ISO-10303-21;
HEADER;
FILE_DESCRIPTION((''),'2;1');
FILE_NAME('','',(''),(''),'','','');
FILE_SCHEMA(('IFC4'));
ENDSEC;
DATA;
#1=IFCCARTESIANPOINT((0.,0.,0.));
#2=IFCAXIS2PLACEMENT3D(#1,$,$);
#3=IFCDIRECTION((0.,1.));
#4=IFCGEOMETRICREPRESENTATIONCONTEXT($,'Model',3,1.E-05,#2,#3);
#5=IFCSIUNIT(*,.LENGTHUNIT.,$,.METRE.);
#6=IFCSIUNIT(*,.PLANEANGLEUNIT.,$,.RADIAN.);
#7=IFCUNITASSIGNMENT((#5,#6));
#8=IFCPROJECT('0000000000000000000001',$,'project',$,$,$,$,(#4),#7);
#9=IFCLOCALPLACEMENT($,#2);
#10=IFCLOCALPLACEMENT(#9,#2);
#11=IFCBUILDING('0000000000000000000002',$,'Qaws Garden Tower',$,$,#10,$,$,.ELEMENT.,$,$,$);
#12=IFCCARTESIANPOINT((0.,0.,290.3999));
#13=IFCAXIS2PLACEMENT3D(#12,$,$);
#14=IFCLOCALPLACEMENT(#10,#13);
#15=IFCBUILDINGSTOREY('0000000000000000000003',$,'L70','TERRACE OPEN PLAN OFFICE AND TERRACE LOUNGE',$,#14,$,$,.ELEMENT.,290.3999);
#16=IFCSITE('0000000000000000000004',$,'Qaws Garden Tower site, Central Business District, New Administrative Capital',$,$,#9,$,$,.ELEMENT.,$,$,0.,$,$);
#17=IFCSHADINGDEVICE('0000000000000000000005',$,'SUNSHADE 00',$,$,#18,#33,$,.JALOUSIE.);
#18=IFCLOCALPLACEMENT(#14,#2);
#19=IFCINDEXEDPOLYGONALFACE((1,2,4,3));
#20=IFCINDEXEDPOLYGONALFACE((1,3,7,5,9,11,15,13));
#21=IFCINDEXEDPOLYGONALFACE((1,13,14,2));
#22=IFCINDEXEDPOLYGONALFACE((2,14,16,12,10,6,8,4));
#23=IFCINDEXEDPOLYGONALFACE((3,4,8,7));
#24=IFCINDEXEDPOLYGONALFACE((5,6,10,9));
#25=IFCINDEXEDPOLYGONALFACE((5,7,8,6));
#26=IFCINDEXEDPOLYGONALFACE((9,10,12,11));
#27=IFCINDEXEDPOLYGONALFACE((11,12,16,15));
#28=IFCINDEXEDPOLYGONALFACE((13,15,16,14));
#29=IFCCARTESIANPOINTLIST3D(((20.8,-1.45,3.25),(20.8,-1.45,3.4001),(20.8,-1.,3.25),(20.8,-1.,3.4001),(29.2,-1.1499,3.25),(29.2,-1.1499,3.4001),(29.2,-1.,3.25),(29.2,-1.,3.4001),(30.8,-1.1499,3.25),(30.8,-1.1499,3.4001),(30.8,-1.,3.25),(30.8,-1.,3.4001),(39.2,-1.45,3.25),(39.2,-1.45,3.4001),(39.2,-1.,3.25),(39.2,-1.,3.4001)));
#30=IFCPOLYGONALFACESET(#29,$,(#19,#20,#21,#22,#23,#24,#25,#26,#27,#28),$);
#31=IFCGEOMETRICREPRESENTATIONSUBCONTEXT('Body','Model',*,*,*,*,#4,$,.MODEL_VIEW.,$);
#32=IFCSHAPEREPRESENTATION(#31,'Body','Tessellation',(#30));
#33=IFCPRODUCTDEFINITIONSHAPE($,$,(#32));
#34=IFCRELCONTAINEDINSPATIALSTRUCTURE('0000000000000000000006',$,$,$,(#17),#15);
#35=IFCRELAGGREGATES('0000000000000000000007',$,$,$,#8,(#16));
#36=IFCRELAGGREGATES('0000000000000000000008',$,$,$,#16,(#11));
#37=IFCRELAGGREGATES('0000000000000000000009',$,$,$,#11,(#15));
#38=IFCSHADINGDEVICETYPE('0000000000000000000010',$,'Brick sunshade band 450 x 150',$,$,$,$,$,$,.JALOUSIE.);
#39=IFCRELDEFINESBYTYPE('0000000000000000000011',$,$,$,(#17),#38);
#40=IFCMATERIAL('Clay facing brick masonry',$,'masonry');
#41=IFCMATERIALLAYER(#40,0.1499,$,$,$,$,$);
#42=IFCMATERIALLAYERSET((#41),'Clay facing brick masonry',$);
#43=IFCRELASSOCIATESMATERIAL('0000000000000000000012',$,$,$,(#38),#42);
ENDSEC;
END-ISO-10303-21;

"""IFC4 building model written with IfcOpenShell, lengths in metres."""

from ifc_helpers import new_model, si_unit, direction, frame, origin, place, context, subcontext, project, spatial, polyline, outline, extrude, material, layer, layer_set, type_object, element, save


model = new_model("IFC4")

# Units and contexts
model_context = context("Model", 3, precision=1e-05, world=origin(), true_north=direction((0.0, 1.0)))
body_context = subcontext(model_context, "Body", "Model", "MODEL_VIEW")
ifc_project = project(units=[si_unit("LENGTHUNIT", "METRE"), si_unit("PLANEANGLEUNIT", "RADIAN")], contexts=[model_context])

# Site, building, storey
site_placement = place(None, origin())
site = spatial("IfcSite", under=ifc_project, at=site_placement, Name="Qaws Garden Tower site, Central Business District, New Administrative Capital", CompositionType="ELEMENT", RefElevation=0.0)
building_placement = place(site_placement, origin())
building = spatial("IfcBuilding", under=site, at=building_placement, Name="Qaws Garden Tower", CompositionType="ELEMENT")
storey_placement = place(building_placement, frame((0.0, 0.0, 290.3999)))
storey = spatial("IfcBuildingStorey", under=building, at=storey_placement, Name="L70", Description="TERRACE OPEN PLAN OFFICE AND TERRACE LOUNGE", CompositionType="ELEMENT", Elevation=290.3999)

# Shading device
ifc_material_1 = material(Name="Clay facing brick masonry", Category="masonry")
ifc_layer_1 = layer(ifc_material_1, 0.1499)
ifc_layer_set_1 = layer_set([ifc_layer_1], Name="Clay facing brick masonry")
shading_device_type = type_object("IfcShadingDeviceType", Name="Brick sunshade band 450 x 150", PredefinedType="JALOUSIE", material=ifc_layer_set_1)
shading_device_placement = place(storey_placement, frame((0.0, 0.0, 3.25)))
element("IfcShadingDevice", 1, at=shading_device_placement, inside=storey, type_object=shading_device_type, Name="SUNSHADE 00", PredefinedType="JALOUSIE", context=body_context, shape_type="SweptSolid", body=[
    extrude(outline(polyline([(20.8, -1.0), (20.8, -1.45), (39.2, -1.45), (39.2, -1.0), (30.8, -1.0), (30.8, -1.1499), (29.2, -1.1499), (29.2, -1.0), (20.8, -1.0)])), origin(), (0.0, 0.0, 1.0), 0.1501),
])

save(model, "model.ifc")
